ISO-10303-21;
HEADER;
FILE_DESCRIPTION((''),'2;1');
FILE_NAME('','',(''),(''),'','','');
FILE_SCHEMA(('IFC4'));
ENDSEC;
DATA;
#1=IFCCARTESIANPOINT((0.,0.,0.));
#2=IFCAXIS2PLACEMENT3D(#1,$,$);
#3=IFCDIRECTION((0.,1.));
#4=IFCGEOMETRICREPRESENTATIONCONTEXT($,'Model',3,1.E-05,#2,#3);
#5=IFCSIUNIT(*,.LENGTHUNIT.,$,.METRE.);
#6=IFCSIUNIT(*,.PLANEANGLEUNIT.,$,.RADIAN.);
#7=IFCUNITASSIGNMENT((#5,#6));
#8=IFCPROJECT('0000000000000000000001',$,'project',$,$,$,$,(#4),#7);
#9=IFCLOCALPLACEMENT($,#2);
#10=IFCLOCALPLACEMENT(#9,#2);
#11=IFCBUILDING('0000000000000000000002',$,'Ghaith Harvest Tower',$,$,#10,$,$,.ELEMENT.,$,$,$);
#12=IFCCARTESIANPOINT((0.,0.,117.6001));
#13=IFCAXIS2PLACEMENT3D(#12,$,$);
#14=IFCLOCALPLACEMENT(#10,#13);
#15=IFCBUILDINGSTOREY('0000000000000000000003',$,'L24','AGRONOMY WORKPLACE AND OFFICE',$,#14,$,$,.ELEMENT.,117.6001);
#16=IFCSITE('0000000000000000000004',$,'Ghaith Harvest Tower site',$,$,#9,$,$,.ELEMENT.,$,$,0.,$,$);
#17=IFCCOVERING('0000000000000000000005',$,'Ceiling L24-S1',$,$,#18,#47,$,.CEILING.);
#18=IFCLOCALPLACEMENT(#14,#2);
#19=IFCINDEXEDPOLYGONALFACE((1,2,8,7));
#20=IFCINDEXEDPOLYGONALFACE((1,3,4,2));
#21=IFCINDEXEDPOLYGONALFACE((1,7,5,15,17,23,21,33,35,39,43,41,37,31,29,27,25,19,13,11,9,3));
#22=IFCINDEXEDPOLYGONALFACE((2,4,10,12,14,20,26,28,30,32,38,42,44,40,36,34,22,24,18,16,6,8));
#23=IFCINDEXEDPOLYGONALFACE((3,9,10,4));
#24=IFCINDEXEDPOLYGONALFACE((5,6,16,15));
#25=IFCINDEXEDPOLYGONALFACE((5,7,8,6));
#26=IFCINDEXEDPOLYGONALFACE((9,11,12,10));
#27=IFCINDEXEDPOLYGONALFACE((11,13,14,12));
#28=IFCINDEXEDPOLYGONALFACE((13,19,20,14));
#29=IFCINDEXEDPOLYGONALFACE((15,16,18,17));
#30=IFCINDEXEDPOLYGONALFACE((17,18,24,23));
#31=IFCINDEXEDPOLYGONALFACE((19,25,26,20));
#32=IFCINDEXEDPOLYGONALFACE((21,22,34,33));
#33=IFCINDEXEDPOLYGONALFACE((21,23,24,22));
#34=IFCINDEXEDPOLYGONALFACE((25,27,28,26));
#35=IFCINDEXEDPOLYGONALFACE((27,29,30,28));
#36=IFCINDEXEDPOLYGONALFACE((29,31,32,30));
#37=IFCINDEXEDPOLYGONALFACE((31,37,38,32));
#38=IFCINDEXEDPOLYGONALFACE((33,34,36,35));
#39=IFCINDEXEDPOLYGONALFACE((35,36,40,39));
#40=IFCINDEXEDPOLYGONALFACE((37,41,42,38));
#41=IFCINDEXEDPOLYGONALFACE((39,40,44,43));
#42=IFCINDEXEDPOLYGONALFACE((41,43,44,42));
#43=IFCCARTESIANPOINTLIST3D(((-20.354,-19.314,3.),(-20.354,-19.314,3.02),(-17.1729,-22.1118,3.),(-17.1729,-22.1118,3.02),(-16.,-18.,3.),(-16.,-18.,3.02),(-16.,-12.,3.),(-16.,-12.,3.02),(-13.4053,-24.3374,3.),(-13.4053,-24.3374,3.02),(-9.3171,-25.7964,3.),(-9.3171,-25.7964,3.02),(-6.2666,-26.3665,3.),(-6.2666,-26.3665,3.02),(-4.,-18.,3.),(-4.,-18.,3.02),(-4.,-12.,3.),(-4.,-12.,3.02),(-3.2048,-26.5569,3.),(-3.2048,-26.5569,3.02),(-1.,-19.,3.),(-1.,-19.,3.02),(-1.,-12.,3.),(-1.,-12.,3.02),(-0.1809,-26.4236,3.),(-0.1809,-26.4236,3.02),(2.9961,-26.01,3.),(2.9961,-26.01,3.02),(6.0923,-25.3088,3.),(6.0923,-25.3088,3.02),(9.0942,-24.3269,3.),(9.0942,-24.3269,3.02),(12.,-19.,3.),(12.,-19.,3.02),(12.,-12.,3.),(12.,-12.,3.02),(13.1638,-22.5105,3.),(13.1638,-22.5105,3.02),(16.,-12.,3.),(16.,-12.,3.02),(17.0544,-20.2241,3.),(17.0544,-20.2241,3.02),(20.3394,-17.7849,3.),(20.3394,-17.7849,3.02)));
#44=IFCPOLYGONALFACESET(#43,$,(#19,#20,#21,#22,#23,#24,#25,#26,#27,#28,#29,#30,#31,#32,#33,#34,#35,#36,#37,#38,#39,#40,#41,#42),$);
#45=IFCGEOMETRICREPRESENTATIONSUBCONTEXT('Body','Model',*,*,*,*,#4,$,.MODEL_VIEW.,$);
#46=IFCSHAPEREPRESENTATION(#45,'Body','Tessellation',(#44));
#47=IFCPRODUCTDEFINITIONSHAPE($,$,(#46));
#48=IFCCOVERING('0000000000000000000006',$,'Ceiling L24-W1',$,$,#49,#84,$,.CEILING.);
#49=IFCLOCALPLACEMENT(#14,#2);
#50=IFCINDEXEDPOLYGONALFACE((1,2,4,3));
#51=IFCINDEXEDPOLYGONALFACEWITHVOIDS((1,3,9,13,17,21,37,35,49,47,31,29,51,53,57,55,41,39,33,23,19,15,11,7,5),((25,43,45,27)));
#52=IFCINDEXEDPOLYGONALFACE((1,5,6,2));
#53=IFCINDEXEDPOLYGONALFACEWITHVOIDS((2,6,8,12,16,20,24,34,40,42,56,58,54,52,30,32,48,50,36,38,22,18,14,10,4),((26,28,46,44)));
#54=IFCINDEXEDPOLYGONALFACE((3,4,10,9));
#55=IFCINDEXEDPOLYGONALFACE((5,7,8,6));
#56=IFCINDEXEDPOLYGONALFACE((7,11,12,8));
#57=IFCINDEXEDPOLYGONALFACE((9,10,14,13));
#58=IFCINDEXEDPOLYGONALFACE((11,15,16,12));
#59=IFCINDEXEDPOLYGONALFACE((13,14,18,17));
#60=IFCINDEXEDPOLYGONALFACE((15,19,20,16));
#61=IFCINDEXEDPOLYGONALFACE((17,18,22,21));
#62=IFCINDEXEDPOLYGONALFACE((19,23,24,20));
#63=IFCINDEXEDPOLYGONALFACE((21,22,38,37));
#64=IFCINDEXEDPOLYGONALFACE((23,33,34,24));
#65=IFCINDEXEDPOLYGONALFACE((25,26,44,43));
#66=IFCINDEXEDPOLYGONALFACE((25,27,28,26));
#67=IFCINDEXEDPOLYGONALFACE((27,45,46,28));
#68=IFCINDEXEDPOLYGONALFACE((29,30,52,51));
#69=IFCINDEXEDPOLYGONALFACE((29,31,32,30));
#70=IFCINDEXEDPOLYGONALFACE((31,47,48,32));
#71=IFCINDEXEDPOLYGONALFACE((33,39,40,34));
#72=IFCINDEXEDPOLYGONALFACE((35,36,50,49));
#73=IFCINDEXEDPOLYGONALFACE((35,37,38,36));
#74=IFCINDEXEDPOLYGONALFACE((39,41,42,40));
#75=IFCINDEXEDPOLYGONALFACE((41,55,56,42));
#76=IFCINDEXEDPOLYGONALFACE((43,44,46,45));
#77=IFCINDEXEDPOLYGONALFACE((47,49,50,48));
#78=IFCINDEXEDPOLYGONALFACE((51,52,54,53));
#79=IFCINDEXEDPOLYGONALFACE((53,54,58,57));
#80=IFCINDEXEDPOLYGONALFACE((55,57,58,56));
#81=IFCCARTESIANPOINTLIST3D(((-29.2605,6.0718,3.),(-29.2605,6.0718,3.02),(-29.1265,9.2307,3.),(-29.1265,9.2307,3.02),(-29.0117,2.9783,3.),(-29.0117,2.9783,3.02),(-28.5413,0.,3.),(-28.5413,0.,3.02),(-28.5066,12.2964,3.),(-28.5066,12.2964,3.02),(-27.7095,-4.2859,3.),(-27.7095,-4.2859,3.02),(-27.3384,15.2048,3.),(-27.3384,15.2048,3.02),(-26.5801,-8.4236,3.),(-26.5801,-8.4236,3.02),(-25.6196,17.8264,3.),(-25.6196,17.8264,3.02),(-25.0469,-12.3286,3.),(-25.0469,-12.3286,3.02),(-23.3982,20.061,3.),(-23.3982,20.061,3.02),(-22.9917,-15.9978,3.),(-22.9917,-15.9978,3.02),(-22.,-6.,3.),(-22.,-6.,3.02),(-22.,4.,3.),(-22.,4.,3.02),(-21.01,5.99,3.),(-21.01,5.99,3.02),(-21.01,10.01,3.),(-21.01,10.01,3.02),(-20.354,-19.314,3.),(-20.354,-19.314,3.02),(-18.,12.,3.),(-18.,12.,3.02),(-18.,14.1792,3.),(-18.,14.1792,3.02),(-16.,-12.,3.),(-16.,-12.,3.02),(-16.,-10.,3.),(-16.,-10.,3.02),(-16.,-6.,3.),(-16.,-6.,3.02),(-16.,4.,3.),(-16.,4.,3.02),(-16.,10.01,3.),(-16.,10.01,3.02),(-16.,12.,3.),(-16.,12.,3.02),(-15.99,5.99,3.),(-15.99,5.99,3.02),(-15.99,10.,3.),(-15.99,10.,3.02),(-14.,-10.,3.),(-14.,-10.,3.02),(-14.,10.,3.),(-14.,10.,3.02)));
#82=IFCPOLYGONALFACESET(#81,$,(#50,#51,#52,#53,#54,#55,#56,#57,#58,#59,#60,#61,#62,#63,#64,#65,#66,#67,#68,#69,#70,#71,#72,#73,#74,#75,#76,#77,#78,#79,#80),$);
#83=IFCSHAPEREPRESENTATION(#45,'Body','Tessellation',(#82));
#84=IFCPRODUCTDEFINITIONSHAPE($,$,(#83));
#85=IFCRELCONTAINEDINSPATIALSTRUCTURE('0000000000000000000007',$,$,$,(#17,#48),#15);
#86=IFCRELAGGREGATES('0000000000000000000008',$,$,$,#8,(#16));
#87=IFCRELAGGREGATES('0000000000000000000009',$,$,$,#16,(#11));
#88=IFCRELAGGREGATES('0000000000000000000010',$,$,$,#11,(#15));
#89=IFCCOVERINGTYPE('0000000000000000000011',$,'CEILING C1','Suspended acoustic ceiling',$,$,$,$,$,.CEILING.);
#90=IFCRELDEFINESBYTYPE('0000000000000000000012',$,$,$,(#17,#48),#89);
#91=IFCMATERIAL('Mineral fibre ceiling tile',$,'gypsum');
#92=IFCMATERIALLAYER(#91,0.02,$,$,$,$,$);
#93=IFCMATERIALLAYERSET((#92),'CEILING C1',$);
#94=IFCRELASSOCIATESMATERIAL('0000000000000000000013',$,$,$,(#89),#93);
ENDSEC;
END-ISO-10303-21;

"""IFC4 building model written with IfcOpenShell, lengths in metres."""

from ifc_helpers import new_model, si_unit, direction, frame, origin, place, context, subcontext, project, spatial, polyline, outline, extrude, material, layer, layer_set, type_object, element, save


model = new_model("IFC4")

# Units and contexts
model_context = context("Model", 3, precision=1e-05, world=origin(), true_north=direction((0.0, 1.0)))
body_context = subcontext(model_context, "Body", "Model", "MODEL_VIEW")
ifc_project = project(units=[si_unit("LENGTHUNIT", "METRE"), si_unit("PLANEANGLEUNIT", "RADIAN")], contexts=[model_context])

# Site, building, storey
site_placement = place(None, origin())
site = spatial("IfcSite", under=ifc_project, at=site_placement, Name="Ghaith Harvest Tower site", CompositionType="ELEMENT", RefElevation=0.0)
building_placement = place(site_placement, origin())
building = spatial("IfcBuilding", under=site, at=building_placement, Name="Ghaith Harvest Tower", CompositionType="ELEMENT")
storey_placement = place(building_placement, frame((0.0, 0.0, 117.6001)))
storey = spatial("IfcBuildingStorey", under=building, at=storey_placement, Name="L24", Description="AGRONOMY WORKPLACE AND OFFICE", CompositionType="ELEMENT", Elevation=117.6001)

# Coverings
ifc_material_1 = material(Name="Mineral fibre ceiling tile", Category="gypsum")
ifc_layer_1 = layer(ifc_material_1, 0.02)
ifc_layer_set_1 = layer_set([ifc_layer_1], Name="CEILING C1")
covering_type = type_object("IfcCoveringType", Name="CEILING C1", Description="Suspended acoustic ceiling", PredefinedType="CEILING", material=ifc_layer_set_1)
covering_1_placement = place(storey_placement, frame((0.0, 0.0, 3.0)))
element("IfcCovering", 1, at=covering_1_placement, inside=storey, type_object=covering_type, Name="Ceiling L24-S1", PredefinedType="CEILING", context=body_context, shape_type="SweptSolid", body=[
    extrude(outline(polyline([(17.0544, -20.2241), (13.1638, -22.5105), (9.0942, -24.3269), (6.0923, -25.3088), (2.9961, -26.01), (-0.1809, -26.4236), (-3.2048, -26.5569), (-6.2666, -26.3665), (-9.3171, -25.7964), (-13.4053, -24.3374), (-17.1729, -22.1118), (-20.354, -19.314), (-16.0, -12.0), (-16.0, -18.0), (-4.0, -18.0), (-4.0, -12.0), (-1.0, -12.0), (-1.0, -19.0), (12.0, -19.0), (12.0, -12.0), (16.0, -12.0), (20.3394, -17.7849), (17.0544, -20.2241)])), origin(), (0.0, 0.0, 1.0), 0.02),
])
covering_2_placement = place(storey_placement, frame((0.0, 0.0, 3.0)))
element("IfcCovering", 2, at=covering_2_placement, inside=storey, type_object=covering_type, Name="Ceiling L24-W1", PredefinedType="CEILING", context=body_context, shape_type="SweptSolid", body=[
    extrude(outline(polyline([(-26.5801, -8.4236), (-27.7095, -4.2859), (-28.5413, 0.0), (-29.0117, 2.9783), (-29.2605, 6.0718), (-29.1265, 9.2307), (-28.5066, 12.2964), (-27.3384, 15.2048), (-25.6196, 17.8264), (-23.3982, 20.061), (-18.0, 14.1792), (-18.0, 12.0), (-16.0, 12.0), (-16.0, 10.01), (-21.01, 10.01), (-21.01, 5.99), (-15.99, 5.99), (-15.99, 10.0), (-14.0, 10.0), (-14.0, -10.0), (-16.0, -10.0), (-16.0, -12.0), (-20.354, -19.314), (-22.9917, -15.9978), (-25.0469, -12.3286), (-26.5801, -8.4236)]), holes=[polyline([(-16.0, -6.0), (-16.0, 4.0), (-22.0, 4.0), (-22.0, -6.0), (-16.0, -6.0)])]), origin(), (0.0, 0.0, 1.0), 0.02),
])

save(model, "model.ifc")
